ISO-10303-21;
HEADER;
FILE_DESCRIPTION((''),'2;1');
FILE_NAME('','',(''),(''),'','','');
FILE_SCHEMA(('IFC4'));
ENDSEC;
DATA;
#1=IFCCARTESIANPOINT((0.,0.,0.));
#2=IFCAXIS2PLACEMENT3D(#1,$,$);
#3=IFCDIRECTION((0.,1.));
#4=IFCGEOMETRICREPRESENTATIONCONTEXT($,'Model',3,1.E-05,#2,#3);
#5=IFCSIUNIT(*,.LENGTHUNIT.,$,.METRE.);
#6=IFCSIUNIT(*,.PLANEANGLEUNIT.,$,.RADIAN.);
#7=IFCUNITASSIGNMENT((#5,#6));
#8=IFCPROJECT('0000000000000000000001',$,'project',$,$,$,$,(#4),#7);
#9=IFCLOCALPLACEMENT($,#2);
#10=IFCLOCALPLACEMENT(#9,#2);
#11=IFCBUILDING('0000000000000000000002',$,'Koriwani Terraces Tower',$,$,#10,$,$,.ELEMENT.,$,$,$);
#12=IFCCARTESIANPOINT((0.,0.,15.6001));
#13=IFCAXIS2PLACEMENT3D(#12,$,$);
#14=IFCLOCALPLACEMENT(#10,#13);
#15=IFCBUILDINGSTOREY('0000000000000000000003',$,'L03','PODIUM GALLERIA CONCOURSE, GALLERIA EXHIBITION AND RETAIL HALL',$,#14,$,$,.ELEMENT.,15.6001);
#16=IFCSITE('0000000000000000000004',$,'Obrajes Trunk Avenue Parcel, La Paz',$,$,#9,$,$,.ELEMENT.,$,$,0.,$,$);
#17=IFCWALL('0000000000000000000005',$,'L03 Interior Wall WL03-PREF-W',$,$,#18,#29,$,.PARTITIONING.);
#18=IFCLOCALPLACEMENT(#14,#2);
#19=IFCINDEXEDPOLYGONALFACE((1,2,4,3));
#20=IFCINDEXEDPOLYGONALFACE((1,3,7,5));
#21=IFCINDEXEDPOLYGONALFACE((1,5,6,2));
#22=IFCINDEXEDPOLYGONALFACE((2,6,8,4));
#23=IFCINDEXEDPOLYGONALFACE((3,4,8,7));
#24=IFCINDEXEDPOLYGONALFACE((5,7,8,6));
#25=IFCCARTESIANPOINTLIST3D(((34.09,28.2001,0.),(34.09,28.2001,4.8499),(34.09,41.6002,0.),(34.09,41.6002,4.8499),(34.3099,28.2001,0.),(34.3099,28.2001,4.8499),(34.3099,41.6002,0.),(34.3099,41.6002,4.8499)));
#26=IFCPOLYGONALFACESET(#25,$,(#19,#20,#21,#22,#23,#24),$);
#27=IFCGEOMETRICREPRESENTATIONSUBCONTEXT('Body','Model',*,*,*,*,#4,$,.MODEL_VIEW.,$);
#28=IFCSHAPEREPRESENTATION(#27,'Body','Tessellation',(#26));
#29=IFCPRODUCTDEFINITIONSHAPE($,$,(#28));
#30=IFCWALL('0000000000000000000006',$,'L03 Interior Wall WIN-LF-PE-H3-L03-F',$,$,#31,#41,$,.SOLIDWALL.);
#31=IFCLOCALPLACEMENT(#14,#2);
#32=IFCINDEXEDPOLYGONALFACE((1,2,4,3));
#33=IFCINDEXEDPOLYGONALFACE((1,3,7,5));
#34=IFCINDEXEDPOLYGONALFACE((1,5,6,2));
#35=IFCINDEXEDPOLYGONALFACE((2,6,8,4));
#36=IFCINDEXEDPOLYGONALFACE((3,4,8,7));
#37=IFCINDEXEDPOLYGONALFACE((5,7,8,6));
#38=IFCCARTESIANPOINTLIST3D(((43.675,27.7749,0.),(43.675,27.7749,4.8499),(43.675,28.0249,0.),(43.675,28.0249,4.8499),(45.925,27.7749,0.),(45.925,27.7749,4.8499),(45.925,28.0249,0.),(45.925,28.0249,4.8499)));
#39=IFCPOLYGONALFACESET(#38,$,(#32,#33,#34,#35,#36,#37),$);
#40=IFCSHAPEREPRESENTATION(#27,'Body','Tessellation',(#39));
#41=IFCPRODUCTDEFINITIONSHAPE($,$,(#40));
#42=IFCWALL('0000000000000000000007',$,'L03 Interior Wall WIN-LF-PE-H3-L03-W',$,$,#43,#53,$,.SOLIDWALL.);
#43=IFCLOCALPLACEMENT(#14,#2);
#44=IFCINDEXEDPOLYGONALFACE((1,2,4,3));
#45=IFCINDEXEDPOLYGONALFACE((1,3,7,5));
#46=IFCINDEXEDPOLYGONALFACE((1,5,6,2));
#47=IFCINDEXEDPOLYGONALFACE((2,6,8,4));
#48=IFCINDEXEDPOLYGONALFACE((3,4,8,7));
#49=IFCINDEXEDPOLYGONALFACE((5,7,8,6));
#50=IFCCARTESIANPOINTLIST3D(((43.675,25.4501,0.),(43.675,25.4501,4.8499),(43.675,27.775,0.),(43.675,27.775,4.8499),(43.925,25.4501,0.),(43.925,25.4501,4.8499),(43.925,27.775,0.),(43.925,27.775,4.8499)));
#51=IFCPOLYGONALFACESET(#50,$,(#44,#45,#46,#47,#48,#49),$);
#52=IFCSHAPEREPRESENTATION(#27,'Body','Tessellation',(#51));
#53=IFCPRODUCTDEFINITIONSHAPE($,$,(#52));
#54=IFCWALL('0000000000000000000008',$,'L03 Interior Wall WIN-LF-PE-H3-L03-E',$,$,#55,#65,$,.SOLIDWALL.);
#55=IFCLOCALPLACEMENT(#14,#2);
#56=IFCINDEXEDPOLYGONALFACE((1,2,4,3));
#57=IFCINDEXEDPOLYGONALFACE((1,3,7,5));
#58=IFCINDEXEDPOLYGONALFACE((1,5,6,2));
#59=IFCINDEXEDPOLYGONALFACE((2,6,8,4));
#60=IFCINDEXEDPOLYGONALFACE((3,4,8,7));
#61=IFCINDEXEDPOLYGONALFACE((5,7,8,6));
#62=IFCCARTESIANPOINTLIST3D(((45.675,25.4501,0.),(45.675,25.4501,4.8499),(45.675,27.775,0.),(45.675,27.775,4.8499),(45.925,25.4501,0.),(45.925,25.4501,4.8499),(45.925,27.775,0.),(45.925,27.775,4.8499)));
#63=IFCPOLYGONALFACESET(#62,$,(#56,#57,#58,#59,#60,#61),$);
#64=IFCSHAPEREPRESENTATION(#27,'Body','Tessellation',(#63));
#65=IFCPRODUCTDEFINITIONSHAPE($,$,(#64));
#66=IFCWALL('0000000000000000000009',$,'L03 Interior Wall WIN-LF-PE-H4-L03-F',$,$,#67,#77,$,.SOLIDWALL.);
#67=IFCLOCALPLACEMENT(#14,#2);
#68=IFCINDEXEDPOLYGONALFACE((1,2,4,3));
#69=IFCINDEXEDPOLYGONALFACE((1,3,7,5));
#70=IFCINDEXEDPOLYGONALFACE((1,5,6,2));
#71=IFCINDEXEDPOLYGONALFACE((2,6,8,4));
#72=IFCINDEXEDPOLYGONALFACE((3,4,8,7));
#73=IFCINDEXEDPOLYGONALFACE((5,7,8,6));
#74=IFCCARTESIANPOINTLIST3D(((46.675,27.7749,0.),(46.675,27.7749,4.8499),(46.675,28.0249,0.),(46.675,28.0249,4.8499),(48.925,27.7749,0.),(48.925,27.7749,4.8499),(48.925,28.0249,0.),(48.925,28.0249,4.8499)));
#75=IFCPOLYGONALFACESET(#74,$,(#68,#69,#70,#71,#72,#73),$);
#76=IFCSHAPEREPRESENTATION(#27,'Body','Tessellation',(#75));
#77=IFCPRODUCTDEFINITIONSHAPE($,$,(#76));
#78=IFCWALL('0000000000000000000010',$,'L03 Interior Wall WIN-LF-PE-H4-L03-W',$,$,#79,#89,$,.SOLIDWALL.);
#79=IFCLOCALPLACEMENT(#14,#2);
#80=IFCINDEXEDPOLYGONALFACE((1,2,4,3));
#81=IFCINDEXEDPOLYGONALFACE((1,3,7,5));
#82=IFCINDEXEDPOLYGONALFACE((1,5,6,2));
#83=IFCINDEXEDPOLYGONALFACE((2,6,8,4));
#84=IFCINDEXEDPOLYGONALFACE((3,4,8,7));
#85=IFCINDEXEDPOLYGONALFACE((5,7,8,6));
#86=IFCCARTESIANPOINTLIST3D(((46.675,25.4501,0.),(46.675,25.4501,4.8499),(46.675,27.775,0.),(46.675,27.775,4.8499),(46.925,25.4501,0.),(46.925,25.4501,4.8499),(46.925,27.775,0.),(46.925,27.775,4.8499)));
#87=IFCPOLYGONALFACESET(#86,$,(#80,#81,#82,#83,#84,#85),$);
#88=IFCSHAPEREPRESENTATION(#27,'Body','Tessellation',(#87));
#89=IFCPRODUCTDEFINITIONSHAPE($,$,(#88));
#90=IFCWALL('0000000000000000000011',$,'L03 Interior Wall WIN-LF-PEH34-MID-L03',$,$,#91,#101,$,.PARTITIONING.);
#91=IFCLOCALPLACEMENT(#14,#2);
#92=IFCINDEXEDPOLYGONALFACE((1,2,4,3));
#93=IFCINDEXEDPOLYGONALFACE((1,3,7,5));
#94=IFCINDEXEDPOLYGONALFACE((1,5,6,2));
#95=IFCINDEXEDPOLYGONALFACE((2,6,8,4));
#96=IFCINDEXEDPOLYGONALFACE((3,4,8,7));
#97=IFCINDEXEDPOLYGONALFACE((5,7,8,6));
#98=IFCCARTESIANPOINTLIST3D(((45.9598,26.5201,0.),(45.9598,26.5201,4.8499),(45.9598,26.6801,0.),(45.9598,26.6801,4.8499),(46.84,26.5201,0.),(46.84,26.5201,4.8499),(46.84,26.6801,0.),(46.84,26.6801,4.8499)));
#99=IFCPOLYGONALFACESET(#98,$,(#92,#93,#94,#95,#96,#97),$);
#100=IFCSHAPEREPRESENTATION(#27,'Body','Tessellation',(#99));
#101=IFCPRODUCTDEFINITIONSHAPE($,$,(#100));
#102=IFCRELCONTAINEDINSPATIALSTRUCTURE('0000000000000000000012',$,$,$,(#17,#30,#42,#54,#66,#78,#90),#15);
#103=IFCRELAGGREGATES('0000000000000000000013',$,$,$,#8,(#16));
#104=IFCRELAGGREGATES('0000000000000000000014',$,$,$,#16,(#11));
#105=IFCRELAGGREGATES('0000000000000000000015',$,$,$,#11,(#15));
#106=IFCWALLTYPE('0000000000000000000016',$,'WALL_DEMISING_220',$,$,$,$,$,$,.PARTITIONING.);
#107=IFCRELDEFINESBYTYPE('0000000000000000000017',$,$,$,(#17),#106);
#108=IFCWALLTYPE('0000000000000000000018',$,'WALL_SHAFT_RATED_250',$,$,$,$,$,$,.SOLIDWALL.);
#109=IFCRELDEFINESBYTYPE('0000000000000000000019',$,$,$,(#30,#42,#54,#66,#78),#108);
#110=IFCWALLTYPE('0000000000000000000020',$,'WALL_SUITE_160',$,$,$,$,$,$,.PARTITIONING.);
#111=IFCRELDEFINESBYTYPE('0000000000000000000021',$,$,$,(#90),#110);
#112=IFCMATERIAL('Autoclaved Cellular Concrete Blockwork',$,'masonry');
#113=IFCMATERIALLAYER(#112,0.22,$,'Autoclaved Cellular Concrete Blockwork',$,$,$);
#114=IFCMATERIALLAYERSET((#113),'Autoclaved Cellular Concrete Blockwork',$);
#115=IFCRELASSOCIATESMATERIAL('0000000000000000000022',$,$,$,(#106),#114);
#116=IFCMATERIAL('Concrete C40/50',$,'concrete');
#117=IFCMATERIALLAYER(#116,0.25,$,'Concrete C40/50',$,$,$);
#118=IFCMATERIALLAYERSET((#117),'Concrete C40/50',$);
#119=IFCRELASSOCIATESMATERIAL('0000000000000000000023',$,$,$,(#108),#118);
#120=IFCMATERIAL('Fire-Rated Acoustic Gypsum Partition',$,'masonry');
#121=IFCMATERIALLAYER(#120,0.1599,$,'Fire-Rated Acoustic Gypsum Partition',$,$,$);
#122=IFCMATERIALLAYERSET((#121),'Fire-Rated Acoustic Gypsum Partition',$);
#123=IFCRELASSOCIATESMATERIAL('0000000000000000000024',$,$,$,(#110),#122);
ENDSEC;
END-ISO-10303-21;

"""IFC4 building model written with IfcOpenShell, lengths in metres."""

from ifc_helpers import new_model, si_unit, direction, frame, frame_2d, origin, place, context, subcontext, project, spatial, rectangle, extrude, material, layer, layer_set, type_object, element, save


model = new_model("IFC4")

# Units and contexts
model_context = context("Model", 3, precision=1e-05, world=origin(), true_north=direction((0.0, 1.0)))
body_context = subcontext(model_context, "Body", "Model", "MODEL_VIEW")
ifc_project = project(units=[si_unit("LENGTHUNIT", "METRE"), si_unit("PLANEANGLEUNIT", "RADIAN")], contexts=[model_context])

# Site, building, storey
site_placement = place(None, origin())
site = spatial("IfcSite", under=ifc_project, at=site_placement, Name="Obrajes Trunk Avenue Parcel, La Paz", CompositionType="ELEMENT", RefElevation=0.0)
building_placement = place(site_placement, origin())
building = spatial("IfcBuilding", under=site, at=building_placement, Name="Koriwani Terraces Tower", CompositionType="ELEMENT")
storey_placement = place(building_placement, frame((0.0, 0.0, 15.6001)))
storey = spatial("IfcBuildingStorey", under=building, at=storey_placement, Name="L03", Description="PODIUM GALLERIA CONCOURSE, GALLERIA EXHIBITION AND RETAIL HALL", CompositionType="ELEMENT", Elevation=15.6001)

# Shared definitions
ifc_material_1 = material(Name="Autoclaved Cellular Concrete Blockwork", Category="masonry")

# Walls
ifc_layer_1 = layer(ifc_material_1, 0.22, Name="Autoclaved Cellular Concrete Blockwork")
ifc_layer_set_1 = layer_set([ifc_layer_1], Name="Autoclaved Cellular Concrete Blockwork")
wall_type_1 = type_object("IfcWallType", Name="WALL_DEMISING_220", PredefinedType="PARTITIONING", material=ifc_layer_set_1)
wall_1_placement = place(storey_placement, frame((34.2, 28.2, 0.0), z_axis=(0.0, 0.0, 1.0), x_axis=(0.0, 1.0, 0.0)))
element("IfcWall", 1, at=wall_1_placement, inside=storey, type_object=wall_type_1, Name="L03 Interior Wall WL03-PREF-W", PredefinedType="PARTITIONING", context=body_context, shape_type="SweptSolid", body=[
    extrude(rectangle(XDim=13.4001, YDim=0.22, at=frame_2d((6.7002, 0.0))), origin(), (0.0, 0.0, 1.0), 4.8499),
])
ifc_material_2 = material(Name="Concrete C40/50", Category="concrete")
ifc_layer_2 = layer(ifc_material_2, 0.25, Name="Concrete C40/50")
ifc_layer_set_2 = layer_set([ifc_layer_2], Name="Concrete C40/50")
wall_type_2 = type_object("IfcWallType", Name="WALL_SHAFT_RATED_250", PredefinedType="SOLIDWALL", material=ifc_layer_set_2)
wall_2_placement = place(storey_placement, frame((43.675, 27.8999, 0.0), z_axis=(0.0, 0.0, 1.0), x_axis=(1.0, 0.0, 0.0)))
element("IfcWall", 2, at=wall_2_placement, inside=storey, type_object=wall_type_2, Name="L03 Interior Wall WIN-LF-PE-H3-L03-F", PredefinedType="SOLIDWALL", context=body_context, shape_type="SweptSolid", body=[
    extrude(rectangle(XDim=2.25, YDim=0.25, at=frame_2d((1.125, 0.0))), origin(), (0.0, 0.0, 1.0), 4.8499),
])
for number, where, z_axis, x_axis, name in (
    (3, (43.8, 25.45, 0.0), (0.0, 0.0, 1.0), (0.0, 1.0, 0.0), "L03 Interior Wall WIN-LF-PE-H3-L03-W"),
    (4, (45.8, 25.45, 0.0), (0.0, 0.0, 1.0), (0.0, 1.0, 0.0), "L03 Interior Wall WIN-LF-PE-H3-L03-E"),
):
    element("IfcWall", number, at=place(storey_placement, frame(where, z_axis=z_axis, x_axis=x_axis)), inside=storey, type_object=wall_type_2, Name=name, PredefinedType="SOLIDWALL", context=body_context, shape_type="SweptSolid", body=[
        extrude(rectangle(XDim=2.325, YDim=0.25, at=frame_2d((1.1626, 0.0))), origin(), (0.0, 0.0, 1.0), 4.8499),
    ])
wall_3_placement = place(storey_placement, frame((46.675, 27.8999, 0.0), z_axis=(0.0, 0.0, 1.0), x_axis=(1.0, 0.0, 0.0)))
element("IfcWall", 5, at=wall_3_placement, inside=storey, type_object=wall_type_2, Name="L03 Interior Wall WIN-LF-PE-H4-L03-F", PredefinedType="SOLIDWALL", context=body_context, shape_type="SweptSolid", body=[
    extrude(rectangle(XDim=2.25, YDim=0.25, at=frame_2d((1.125, 0.0))), origin(), (0.0, 0.0, 1.0), 4.8499),
])
wall_4_placement = place(storey_placement, frame((46.8, 25.45, 0.0), z_axis=(0.0, 0.0, 1.0), x_axis=(0.0, 1.0, 0.0)))
element("IfcWall", 6, at=wall_4_placement, inside=storey, type_object=wall_type_2, Name="L03 Interior Wall WIN-LF-PE-H4-L03-W", PredefinedType="SOLIDWALL", context=body_context, shape_type="SweptSolid", body=[
    extrude(rectangle(XDim=2.325, YDim=0.25, at=frame_2d((1.1626, 0.0))), origin(), (0.0, 0.0, 1.0), 4.8499),
])
ifc_material_3 = material(Name="Fire-Rated Acoustic Gypsum Partition", Category="masonry")
ifc_layer_3 = layer(ifc_material_3, 0.1599, Name="Fire-Rated Acoustic Gypsum Partition")
ifc_layer_set_3 = layer_set([ifc_layer_3], Name="Fire-Rated Acoustic Gypsum Partition")
wall_type_3 = type_object("IfcWallType", Name="WALL_SUITE_160", PredefinedType="PARTITIONING", material=ifc_layer_set_3)
wall_5_placement = place(storey_placement, frame((45.96, 26.6001, 0.0), z_axis=(0.0, 0.0, 1.0), x_axis=(1.0, 0.0, 0.0)))
element("IfcWall", 7, at=wall_5_placement, inside=storey, type_object=wall_type_3, Name="L03 Interior Wall WIN-LF-PEH34-MID-L03", PredefinedType="PARTITIONING", context=body_context, shape_type="SweptSolid", body=[
    extrude(rectangle(XDim=0.8801, YDim=0.1599, at=frame_2d((0.4399, 0.0))), origin(), (0.0, 0.0, 1.0), 4.8499),
])

save(model, "model.ifc")
